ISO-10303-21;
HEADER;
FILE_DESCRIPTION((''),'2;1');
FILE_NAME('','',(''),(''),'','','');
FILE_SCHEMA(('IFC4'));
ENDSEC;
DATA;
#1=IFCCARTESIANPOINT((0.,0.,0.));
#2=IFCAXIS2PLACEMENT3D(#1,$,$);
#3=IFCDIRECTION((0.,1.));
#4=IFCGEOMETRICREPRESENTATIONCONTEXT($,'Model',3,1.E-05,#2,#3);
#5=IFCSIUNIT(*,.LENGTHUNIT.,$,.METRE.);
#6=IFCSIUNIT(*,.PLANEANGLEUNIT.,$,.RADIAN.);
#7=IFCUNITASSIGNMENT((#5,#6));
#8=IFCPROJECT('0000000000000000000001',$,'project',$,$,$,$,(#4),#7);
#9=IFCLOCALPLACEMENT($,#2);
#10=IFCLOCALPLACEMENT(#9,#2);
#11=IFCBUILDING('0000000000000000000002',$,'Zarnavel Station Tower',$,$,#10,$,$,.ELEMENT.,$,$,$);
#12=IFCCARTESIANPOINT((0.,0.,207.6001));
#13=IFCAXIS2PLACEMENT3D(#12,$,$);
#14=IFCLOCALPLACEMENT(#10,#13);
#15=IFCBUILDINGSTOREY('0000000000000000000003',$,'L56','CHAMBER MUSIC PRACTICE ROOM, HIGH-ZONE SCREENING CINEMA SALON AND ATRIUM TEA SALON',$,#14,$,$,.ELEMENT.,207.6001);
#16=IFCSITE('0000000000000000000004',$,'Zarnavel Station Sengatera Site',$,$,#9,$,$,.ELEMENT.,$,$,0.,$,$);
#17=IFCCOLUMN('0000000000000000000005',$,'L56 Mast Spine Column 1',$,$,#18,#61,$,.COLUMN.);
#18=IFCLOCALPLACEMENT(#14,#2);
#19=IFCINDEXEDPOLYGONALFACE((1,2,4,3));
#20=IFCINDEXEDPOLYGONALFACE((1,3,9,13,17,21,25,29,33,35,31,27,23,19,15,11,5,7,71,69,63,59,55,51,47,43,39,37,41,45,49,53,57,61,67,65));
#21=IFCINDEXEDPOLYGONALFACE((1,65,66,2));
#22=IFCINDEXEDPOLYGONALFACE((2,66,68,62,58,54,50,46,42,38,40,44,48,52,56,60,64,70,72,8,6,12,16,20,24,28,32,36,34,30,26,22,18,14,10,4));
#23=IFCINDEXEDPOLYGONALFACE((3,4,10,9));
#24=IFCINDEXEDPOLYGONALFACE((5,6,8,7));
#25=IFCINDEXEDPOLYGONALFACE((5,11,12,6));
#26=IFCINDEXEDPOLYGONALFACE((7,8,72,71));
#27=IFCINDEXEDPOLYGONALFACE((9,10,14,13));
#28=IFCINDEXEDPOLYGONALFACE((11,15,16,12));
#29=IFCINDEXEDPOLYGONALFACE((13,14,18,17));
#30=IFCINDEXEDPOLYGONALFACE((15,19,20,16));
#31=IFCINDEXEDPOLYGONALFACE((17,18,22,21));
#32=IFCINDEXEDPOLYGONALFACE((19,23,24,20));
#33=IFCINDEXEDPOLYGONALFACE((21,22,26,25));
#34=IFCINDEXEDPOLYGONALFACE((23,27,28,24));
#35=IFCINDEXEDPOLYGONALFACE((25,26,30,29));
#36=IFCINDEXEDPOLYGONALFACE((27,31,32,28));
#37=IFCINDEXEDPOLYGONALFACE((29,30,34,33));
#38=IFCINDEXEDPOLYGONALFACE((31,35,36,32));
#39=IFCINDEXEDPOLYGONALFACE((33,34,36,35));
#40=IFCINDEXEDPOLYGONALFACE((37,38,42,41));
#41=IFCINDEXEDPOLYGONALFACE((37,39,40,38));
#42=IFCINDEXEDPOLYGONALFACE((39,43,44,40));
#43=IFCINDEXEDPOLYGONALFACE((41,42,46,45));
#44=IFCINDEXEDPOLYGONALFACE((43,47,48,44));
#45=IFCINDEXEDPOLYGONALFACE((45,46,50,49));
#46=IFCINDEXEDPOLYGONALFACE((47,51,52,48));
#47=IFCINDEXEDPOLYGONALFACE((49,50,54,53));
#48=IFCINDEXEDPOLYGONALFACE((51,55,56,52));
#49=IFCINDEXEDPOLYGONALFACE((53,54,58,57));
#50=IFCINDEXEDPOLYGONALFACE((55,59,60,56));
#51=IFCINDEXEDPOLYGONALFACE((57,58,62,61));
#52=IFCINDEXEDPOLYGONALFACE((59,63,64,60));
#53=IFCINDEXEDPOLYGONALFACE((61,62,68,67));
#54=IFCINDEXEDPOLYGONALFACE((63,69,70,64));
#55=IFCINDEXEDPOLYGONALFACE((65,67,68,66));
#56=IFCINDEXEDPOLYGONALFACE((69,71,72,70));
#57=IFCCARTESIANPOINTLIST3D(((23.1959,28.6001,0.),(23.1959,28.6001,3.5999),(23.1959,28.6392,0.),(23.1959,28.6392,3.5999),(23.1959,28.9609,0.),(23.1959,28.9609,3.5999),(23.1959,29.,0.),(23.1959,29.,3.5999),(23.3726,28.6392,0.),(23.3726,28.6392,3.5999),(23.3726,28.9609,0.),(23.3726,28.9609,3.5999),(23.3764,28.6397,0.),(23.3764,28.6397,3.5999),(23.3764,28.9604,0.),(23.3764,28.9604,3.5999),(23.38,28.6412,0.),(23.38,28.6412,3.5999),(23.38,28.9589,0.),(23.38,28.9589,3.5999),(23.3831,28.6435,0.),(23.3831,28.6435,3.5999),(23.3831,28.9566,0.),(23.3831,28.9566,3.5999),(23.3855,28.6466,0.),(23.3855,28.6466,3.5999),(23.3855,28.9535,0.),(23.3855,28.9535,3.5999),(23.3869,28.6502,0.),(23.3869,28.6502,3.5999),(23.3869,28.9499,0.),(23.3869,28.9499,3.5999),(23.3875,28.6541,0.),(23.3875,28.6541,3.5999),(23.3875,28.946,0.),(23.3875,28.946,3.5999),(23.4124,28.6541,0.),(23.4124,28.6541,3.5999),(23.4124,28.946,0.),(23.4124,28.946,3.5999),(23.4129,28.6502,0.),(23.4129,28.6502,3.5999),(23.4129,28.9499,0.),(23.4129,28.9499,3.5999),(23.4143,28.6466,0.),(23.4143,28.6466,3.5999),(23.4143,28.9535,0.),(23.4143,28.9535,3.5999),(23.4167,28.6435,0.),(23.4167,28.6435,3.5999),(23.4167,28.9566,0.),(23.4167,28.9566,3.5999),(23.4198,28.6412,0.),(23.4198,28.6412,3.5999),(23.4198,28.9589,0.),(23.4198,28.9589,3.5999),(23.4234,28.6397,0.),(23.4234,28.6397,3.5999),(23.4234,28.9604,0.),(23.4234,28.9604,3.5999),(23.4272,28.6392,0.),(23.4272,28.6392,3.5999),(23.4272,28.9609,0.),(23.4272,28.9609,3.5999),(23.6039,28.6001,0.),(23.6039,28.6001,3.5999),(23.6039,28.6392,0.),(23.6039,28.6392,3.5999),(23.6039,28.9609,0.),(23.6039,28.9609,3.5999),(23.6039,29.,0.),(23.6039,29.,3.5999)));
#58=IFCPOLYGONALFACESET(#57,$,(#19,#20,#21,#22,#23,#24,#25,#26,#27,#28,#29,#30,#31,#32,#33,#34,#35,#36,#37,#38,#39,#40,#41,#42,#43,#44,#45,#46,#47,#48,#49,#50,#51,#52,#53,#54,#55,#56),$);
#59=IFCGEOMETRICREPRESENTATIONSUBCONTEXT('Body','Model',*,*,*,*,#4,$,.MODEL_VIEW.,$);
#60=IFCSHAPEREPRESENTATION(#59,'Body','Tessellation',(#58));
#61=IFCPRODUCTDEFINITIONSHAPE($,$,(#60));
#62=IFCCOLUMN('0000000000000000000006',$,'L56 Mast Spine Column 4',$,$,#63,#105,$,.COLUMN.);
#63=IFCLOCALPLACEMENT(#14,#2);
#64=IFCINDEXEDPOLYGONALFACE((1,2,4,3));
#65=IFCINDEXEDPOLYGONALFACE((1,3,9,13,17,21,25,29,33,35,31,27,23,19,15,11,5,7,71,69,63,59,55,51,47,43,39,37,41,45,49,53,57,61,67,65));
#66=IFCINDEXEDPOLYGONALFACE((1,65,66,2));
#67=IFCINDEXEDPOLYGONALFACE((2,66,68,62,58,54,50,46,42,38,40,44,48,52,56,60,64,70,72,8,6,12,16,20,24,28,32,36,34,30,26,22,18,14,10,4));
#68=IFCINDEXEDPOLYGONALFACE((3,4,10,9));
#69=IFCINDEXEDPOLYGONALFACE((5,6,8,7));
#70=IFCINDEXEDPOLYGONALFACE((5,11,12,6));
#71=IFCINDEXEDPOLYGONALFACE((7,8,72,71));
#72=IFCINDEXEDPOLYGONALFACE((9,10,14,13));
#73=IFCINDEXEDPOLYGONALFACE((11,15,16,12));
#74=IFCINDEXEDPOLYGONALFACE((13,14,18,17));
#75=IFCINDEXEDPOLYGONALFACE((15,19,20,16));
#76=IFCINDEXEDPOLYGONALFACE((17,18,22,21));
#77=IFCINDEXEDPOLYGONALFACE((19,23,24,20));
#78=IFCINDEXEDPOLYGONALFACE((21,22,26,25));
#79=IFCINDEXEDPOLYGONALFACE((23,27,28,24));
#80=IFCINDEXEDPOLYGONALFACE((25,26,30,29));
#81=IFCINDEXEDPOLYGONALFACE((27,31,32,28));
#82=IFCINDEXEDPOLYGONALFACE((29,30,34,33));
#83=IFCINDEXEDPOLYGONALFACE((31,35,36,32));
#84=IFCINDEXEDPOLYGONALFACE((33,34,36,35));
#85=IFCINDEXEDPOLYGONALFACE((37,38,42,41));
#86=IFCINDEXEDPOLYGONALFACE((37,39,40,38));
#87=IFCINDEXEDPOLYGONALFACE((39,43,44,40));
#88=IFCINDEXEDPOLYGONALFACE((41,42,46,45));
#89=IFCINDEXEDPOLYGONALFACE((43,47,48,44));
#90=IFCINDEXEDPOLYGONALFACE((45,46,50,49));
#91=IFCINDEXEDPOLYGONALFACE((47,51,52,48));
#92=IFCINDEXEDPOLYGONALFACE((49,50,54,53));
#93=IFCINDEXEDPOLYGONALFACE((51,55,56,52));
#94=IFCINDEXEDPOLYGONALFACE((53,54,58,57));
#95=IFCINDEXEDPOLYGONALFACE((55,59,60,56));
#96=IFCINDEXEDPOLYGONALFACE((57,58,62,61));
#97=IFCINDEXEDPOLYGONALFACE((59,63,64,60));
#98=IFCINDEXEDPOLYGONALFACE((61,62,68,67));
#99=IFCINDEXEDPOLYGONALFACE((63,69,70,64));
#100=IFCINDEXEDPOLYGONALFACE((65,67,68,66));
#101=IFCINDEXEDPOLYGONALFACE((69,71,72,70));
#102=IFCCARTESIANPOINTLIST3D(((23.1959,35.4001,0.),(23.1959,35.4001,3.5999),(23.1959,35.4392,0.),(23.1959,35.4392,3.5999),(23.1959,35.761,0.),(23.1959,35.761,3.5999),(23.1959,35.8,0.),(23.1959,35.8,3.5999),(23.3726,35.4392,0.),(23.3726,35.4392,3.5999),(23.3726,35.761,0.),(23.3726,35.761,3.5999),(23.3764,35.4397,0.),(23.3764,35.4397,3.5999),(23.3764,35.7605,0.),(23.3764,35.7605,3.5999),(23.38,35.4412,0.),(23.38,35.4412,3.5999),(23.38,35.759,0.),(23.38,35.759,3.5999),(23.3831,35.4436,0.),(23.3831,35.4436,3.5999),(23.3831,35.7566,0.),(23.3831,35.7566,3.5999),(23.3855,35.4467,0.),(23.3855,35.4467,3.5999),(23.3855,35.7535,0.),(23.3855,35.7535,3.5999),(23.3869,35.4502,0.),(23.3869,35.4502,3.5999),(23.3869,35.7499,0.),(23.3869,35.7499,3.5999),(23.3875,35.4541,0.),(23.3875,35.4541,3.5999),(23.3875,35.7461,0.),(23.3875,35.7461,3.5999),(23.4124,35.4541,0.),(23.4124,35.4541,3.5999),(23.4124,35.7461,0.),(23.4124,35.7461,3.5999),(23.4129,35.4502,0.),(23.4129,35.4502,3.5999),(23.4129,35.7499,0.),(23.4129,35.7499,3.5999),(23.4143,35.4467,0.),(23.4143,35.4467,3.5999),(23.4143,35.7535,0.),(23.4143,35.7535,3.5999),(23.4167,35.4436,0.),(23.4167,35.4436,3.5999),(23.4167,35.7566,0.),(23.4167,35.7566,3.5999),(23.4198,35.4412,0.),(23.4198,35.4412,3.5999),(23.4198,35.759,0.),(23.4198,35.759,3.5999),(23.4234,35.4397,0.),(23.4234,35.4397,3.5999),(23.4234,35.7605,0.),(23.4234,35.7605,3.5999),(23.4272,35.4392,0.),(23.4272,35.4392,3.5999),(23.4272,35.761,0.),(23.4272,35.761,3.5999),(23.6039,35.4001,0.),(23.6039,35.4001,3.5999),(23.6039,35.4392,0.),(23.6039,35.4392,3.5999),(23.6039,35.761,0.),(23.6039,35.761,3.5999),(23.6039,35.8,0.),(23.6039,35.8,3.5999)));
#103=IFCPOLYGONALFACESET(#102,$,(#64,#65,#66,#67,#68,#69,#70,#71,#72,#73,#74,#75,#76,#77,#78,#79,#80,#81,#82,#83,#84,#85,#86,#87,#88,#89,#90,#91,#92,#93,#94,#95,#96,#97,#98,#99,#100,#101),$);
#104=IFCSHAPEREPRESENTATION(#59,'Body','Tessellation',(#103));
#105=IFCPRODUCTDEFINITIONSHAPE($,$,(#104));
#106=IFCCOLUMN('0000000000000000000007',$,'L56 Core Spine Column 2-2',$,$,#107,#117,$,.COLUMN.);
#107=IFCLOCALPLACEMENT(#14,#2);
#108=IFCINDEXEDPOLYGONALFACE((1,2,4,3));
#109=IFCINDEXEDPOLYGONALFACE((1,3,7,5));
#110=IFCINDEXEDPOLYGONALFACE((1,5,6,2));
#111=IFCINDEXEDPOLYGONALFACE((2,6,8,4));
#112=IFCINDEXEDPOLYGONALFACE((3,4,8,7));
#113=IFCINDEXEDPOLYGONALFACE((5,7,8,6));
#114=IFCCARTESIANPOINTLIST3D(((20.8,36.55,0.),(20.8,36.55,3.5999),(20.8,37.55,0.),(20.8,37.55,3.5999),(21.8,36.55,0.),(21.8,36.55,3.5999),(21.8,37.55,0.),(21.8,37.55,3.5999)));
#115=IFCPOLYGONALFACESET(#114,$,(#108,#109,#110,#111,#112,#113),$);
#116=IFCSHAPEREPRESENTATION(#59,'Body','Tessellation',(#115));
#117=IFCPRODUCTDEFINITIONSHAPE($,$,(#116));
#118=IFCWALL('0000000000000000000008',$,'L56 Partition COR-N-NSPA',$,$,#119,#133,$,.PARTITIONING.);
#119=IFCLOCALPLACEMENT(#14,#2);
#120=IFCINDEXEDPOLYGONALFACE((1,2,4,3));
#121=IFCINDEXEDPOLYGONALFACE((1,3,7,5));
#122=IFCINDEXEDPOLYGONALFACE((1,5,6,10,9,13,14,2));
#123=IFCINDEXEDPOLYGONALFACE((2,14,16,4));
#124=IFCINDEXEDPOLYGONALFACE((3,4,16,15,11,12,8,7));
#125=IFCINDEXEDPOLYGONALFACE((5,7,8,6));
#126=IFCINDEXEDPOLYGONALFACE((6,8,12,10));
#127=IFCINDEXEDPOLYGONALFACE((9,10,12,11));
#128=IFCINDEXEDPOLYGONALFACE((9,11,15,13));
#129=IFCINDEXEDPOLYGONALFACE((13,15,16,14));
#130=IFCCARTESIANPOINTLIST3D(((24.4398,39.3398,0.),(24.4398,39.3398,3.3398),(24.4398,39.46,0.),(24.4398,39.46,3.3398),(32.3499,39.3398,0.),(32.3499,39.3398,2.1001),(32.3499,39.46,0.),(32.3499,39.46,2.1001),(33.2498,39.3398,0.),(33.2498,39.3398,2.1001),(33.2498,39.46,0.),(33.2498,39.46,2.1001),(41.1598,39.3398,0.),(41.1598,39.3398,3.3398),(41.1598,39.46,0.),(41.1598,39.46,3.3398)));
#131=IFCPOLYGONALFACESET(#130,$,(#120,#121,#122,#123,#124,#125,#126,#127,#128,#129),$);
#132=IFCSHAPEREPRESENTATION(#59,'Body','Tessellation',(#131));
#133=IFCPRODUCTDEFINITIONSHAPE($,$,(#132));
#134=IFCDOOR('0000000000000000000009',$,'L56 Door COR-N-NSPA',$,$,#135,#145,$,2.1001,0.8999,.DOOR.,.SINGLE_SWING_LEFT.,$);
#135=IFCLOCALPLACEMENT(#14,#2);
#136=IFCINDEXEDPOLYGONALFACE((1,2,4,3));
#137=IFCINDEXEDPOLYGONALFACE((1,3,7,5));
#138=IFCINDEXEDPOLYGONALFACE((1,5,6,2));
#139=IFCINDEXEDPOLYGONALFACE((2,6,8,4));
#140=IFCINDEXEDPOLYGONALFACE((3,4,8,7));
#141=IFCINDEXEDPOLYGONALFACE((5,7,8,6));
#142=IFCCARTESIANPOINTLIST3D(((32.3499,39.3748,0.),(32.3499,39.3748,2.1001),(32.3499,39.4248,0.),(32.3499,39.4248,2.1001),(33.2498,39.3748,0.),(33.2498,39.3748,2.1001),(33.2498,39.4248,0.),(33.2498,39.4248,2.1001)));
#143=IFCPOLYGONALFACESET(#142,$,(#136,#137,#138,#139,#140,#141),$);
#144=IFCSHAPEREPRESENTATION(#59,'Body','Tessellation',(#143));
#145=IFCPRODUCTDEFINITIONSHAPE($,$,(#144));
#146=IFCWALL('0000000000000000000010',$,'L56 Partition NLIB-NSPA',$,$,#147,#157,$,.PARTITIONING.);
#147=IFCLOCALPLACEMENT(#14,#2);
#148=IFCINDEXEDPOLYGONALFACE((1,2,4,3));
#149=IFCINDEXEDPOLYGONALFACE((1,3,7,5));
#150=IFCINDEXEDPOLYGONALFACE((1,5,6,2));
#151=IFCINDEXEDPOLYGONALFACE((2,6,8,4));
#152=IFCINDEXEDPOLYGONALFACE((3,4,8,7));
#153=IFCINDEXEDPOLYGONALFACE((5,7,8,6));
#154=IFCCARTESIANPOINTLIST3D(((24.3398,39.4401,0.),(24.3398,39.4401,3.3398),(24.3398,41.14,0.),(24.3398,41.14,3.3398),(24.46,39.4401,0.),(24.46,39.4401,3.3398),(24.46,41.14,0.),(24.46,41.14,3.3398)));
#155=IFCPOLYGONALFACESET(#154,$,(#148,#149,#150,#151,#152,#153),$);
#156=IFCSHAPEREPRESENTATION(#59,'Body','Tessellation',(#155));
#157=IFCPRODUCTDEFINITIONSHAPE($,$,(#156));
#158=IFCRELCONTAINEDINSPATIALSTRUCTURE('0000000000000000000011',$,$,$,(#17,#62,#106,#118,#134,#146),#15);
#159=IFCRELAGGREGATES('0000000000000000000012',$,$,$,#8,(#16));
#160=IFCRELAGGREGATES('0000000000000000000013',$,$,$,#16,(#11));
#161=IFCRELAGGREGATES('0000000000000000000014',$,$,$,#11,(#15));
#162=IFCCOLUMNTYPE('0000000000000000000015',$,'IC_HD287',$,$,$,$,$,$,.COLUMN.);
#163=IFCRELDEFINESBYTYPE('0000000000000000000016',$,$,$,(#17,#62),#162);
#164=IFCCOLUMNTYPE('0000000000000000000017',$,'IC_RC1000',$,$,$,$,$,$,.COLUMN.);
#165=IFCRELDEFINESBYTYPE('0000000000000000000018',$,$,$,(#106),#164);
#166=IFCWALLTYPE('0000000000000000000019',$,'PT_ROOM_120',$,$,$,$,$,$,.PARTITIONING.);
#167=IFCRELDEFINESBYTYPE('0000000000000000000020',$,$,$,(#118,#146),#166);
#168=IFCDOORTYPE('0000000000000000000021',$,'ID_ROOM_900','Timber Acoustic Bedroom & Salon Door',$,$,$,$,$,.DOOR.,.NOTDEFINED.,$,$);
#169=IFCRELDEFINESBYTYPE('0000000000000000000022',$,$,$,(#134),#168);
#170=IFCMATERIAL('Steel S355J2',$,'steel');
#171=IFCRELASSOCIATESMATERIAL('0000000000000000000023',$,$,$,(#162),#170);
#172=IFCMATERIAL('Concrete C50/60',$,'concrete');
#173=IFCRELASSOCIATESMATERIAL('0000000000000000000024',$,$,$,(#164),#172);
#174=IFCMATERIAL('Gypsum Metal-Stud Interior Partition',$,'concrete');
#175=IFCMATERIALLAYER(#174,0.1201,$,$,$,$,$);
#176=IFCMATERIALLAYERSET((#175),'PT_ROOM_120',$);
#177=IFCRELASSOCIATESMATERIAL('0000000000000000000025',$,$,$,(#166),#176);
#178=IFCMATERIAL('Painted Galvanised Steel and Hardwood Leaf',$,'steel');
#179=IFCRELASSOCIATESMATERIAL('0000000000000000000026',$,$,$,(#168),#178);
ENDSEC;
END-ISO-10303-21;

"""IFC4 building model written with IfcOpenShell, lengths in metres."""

from ifc_helpers import new_model, si_unit, direction, frame, frame_2d, origin, origin_2d, place, context, subcontext, project, spatial, rectangle, i_section, extrude, material, layer, layer_set, material_profile, profile_set, type_object, element, fill, save


model = new_model("IFC4")

# Units and contexts
model_context = context("Model", 3, precision=1e-05, world=origin(), true_north=direction((0.0, 1.0)))
body_context = subcontext(model_context, "Body", "Model", "MODEL_VIEW")
ifc_project = project(units=[si_unit("LENGTHUNIT", "METRE"), si_unit("PLANEANGLEUNIT", "RADIAN")], contexts=[model_context])

# Site, building, storey
site_placement = place(None, origin())
site = spatial("IfcSite", under=ifc_project, at=site_placement, Name="Zarnavel Station Sengatera Site", CompositionType="ELEMENT", RefElevation=0.0)
building_placement = place(site_placement, origin())
building = spatial("IfcBuilding", under=site, at=building_placement, Name="Zarnavel Station Tower", CompositionType="ELEMENT")
storey_placement = place(building_placement, frame((0.0, 0.0, 207.6001)))
storey = spatial("IfcBuildingStorey", under=building, at=storey_placement, Name="L56", Description="CHAMBER MUSIC PRACTICE ROOM, HIGH-ZONE SCREENING CINEMA SALON AND ATRIUM TEA SALON", CompositionType="ELEMENT", Elevation=207.6001)

# Columns
ifc_material_1 = material(Name="Steel S355J2", Category="steel")
ifc_material_profile_1 = material_profile(ifc_material_1, i_section(OverallWidth=0.408, OverallDepth=0.3999, WebThickness=0.0249, FlangeThickness=0.0391, FilletRadius=0.0149, at=origin_2d()), Name="HD400x287")
ifc_profile_set_1 = profile_set([ifc_material_profile_1], Name="Steel S355J2")
column_type_1 = type_object("IfcColumnType", Name="IC_HD287", PredefinedType="COLUMN", material=ifc_profile_set_1)
for number, where, z_axis, x_axis, name in (
    (1, (23.3999, 28.8, 0.0), (0.0, 0.0, 1.0), (1.0, 0.0, 0.0), "L56 Mast Spine Column 1"),
    (2, (23.3999, 35.6001, 0.0), (0.0, 0.0, 1.0), (1.0, 0.0, 0.0), "L56 Mast Spine Column 4"),
):
    element("IfcColumn", number, at=place(storey_placement, frame(where, z_axis=z_axis, x_axis=x_axis)), inside=storey, type_object=column_type_1, Name=name, PredefinedType="COLUMN", context=body_context, shape_type="SweptSolid", body=[
        extrude(i_section(OverallWidth=0.408, OverallDepth=0.3999, WebThickness=0.0249, FlangeThickness=0.0391, FilletRadius=0.0149, at=origin_2d()), origin(), (0.0, 0.0, 1.0), 3.5999),
    ])
ifc_material_2 = material(Name="Concrete C50/60", Category="concrete")
ifc_material_profile_2 = material_profile(ifc_material_2, rectangle(XDim=1.0, YDim=1.0, at=origin_2d()), Name="RC1000x1000")
ifc_profile_set_2 = profile_set([ifc_material_profile_2], Name="Concrete C50/60")
column_type_2 = type_object("IfcColumnType", Name="IC_RC1000", PredefinedType="COLUMN", material=ifc_profile_set_2)
column_placement = place(storey_placement, frame((21.3, 37.05, 0.0), z_axis=(0.0, 0.0, 1.0), x_axis=(1.0, 0.0, 0.0)))
element("IfcColumn", 3, at=column_placement, inside=storey, type_object=column_type_2, Name="L56 Core Spine Column 2-2", PredefinedType="COLUMN", context=body_context, shape_type="SweptSolid", body=[
    extrude(rectangle(XDim=1.0, YDim=1.0, at=origin_2d()), origin(), (0.0, 0.0, 1.0), 3.5999),
])

# Wall, opening, door
ifc_material_3 = material(Name="Gypsum Metal-Stud Interior Partition", Category="concrete")
ifc_layer_1 = layer(ifc_material_3, 0.1201)
ifc_layer_set_1 = layer_set([ifc_layer_1], Name="PT_ROOM_120")
wall_type_1 = type_object("IfcWallType", Name="PT_ROOM_120", PredefinedType="PARTITIONING", material=ifc_layer_set_1)
wall_1_placement = place(storey_placement, frame((24.4399, 39.3999, 0.0), z_axis=(0.0, 0.0, 1.0), x_axis=(1.0, 0.0, 0.0)))
wall_1 = element("IfcWall", 4, at=wall_1_placement, inside=storey, type_object=wall_type_1, Name="L56 Partition COR-N-NSPA", PredefinedType="PARTITIONING", context=body_context, shape_type="SweptSolid", body=[
    extrude(rectangle(XDim=16.72, YDim=0.1201, at=frame_2d((8.3599, 0.0))), origin(), (0.0, 0.0, 1.0), 3.3398),
])
opening_1_placement = place(wall_1_placement, frame((7.9099, 0.0, 0.0)))
opening_1 = element("IfcOpeningElement", 5, at=opening_1_placement, cuts=wall_1, PredefinedType="OPENING", context=body_context, shape_type="SweptSolid", body=[
    extrude(rectangle(XDim=0.8999, YDim=2.1001, at=frame_2d((0.45, 1.05))), frame((0.0, 0.0701, 0.0), z_axis=(0.0, -1.0, 0.0), x_axis=(1.0, 0.0, 0.0)), (0.0, 0.0, 1.0), 0.1401),
])
ifc_material_4 = material(Name="Painted Galvanised Steel and Hardwood Leaf", Category="steel")
door_type_1 = type_object("IfcDoorType", Name="ID_ROOM_900", Description="Timber Acoustic Bedroom & Salon Door", OperationType="NOTDEFINED", PredefinedType="DOOR", material=ifc_material_4)
door_1_placement = place(opening_1_placement, origin())
door_1 = element("IfcDoor", 6, at=door_1_placement, inside=storey, type_object=door_type_1, Name="L56 Door COR-N-NSPA", OperationType="SINGLE_SWING_LEFT", OverallHeight=2.1001, OverallWidth=0.8999, PredefinedType="DOOR", context=body_context, shape_type="SweptSolid", body=[
    extrude(rectangle(XDim=0.8999, YDim=2.1001, at=frame_2d((0.45, 1.05))), frame((0.0, 0.0249, 0.0), z_axis=(0.0, -1.0, 0.0), x_axis=(1.0, 0.0, 0.0)), (0.0, 0.0, 1.0), 0.05),
])
fill(opening_1, door_1)

# Wall
wall_2_placement = place(storey_placement, frame((24.3999, 39.4399, 0.0), z_axis=(0.0, 0.0, 1.0), x_axis=(0.0, 1.0, 0.0)))
element("IfcWall", 7, at=wall_2_placement, inside=storey, type_object=wall_type_1, Name="L56 Partition NLIB-NSPA", PredefinedType="PARTITIONING", context=body_context, shape_type="SweptSolid", body=[
    extrude(rectangle(XDim=1.7, YDim=0.1201, at=frame_2d((0.8501, 0.0))), origin(), (0.0, 0.0, 1.0), 3.3398),
])

save(model, "model.ifc")
